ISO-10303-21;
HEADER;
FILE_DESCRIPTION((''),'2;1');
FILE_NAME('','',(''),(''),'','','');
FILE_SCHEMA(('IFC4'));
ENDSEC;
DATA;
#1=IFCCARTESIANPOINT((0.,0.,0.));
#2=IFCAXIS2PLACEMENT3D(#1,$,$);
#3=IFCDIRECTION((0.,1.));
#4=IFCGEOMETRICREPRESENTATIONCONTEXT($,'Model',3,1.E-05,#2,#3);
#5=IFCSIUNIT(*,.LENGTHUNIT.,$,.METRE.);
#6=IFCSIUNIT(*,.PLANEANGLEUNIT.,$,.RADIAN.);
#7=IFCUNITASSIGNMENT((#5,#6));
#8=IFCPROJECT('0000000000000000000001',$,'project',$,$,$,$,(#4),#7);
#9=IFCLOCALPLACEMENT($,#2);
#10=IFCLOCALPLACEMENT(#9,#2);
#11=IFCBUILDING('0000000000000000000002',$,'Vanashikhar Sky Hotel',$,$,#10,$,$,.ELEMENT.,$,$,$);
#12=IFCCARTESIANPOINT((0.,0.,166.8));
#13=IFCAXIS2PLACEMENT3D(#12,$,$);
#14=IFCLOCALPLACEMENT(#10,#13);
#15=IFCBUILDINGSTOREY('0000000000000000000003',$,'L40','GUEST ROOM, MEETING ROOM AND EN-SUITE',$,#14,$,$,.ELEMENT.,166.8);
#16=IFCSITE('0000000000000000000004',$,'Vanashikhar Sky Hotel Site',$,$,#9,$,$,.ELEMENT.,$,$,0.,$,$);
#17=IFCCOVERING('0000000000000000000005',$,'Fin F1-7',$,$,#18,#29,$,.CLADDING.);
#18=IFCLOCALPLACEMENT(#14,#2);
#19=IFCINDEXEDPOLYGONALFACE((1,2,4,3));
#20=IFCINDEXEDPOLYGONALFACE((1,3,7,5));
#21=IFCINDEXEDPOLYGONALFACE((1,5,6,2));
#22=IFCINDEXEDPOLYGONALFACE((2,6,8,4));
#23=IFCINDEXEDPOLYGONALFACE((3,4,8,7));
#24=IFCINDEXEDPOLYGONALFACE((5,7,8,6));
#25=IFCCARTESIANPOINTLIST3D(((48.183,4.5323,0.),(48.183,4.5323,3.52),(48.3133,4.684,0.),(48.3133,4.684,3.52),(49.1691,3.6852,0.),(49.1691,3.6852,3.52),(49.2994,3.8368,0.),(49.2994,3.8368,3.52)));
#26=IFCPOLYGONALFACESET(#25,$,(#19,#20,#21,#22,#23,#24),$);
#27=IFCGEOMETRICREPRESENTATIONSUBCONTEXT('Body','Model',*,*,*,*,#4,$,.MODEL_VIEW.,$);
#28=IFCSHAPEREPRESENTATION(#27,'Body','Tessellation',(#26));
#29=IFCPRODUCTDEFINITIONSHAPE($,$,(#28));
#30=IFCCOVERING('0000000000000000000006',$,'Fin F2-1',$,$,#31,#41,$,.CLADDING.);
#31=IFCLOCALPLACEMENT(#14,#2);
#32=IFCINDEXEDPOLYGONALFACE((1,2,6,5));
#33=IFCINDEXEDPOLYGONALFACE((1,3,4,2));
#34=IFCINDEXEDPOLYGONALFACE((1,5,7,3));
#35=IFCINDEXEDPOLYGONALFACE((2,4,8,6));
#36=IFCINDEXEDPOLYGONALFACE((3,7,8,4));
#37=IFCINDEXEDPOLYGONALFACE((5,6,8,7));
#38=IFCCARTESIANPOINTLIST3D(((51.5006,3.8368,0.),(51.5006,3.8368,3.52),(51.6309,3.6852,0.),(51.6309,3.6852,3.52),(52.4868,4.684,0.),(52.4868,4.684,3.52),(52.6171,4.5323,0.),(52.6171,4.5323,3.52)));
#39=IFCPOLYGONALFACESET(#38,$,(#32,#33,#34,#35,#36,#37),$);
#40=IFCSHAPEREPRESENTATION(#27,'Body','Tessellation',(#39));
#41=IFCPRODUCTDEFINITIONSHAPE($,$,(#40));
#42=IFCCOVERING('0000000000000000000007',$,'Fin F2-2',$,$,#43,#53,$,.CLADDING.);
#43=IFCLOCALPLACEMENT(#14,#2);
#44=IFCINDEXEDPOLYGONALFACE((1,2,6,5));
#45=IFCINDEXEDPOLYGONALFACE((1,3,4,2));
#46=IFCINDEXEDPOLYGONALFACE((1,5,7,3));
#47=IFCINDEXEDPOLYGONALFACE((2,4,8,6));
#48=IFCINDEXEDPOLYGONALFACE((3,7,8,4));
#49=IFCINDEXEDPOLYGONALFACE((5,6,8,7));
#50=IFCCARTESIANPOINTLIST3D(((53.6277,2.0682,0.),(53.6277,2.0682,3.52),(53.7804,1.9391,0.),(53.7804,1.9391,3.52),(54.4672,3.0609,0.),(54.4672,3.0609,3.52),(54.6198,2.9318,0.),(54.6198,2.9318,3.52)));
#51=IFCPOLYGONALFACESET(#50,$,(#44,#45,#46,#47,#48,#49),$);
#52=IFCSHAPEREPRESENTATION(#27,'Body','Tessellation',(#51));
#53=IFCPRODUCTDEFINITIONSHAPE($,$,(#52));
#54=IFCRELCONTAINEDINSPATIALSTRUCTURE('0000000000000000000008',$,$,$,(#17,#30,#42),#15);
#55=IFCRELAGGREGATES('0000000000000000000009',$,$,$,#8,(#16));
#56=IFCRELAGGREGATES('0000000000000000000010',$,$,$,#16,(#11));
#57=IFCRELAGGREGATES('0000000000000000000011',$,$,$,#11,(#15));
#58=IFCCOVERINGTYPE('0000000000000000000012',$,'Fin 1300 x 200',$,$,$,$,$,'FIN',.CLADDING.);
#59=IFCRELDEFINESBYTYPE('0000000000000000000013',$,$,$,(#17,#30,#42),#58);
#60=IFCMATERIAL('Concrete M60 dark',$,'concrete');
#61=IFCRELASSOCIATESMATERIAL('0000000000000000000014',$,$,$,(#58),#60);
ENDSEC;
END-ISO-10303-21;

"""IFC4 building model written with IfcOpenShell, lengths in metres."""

from ifc_helpers import new_model, si_unit, direction, frame, origin, origin_2d, place, context, subcontext, project, spatial, rectangle, extrude, source, transform, mapped, material, material_profile, profile_set, type_object, element, save


model = new_model("IFC4")

# Units and contexts
model_context = context("Model", 3, precision=1e-05, world=origin(), true_north=direction((0.0, 1.0)))
body_context = subcontext(model_context, "Body", "Model", "MODEL_VIEW")
ifc_project = project(units=[si_unit("LENGTHUNIT", "METRE"), si_unit("PLANEANGLEUNIT", "RADIAN")], contexts=[model_context])

# Site, building, storey
site_placement = place(None, origin())
site = spatial("IfcSite", under=ifc_project, at=site_placement, Name="Vanashikhar Sky Hotel Site", CompositionType="ELEMENT", RefElevation=0.0)
building_placement = place(site_placement, origin())
building = spatial("IfcBuilding", under=site, at=building_placement, Name="Vanashikhar Sky Hotel", CompositionType="ELEMENT")
storey_placement = place(building_placement, frame((0.0, 0.0, 166.8)))
storey = spatial("IfcBuildingStorey", under=building, at=storey_placement, Name="L40", Description="GUEST ROOM, MEETING ROOM AND EN-SUITE", CompositionType="ELEMENT", Elevation=166.8)

# Coverings
ifc_material_1 = material(Name="Concrete M60 dark", Category="concrete")
ifc_material_profile_1 = material_profile(ifc_material_1, rectangle(XDim=1.3, YDim=0.2, at=origin_2d()))
ifc_profile_set_1 = profile_set([ifc_material_profile_1], Name="Fin 1300 x 200")
covering_type = type_object("IfcCoveringType", Name="Fin 1300 x 200", ElementType="FIN", PredefinedType="CLADDING", material=ifc_profile_set_1)
shared_shape_1 = source(origin(), body_context, "Body", "SweptSolid", [
    extrude(rectangle(XDim=1.3, YDim=0.2, at=origin_2d()), origin(), (0.0, 0.0, 1.0), 3.52),
])
for number, where, z_axis, x_axis, name in (
    (1, (48.7412, 4.1846, 0.0), (0.0, 0.0, 1.0), (0.758544, -0.651622, 0.0), "Fin F1-7"),
    (2, (52.0588, 4.1846, 0.0), (0.0, 0.0, 1.0), (-0.758544, -0.651622, 0.0), "Fin F2-1"),
    (3, (54.1238, 2.5, 0.0), (0.0, 0.0, 1.0), (-0.645698, -0.763593, 0.0), "Fin F2-2"),
):
    element("IfcCovering", number, at=place(storey_placement, frame(where, z_axis=z_axis, x_axis=x_axis)), inside=storey, type_object=covering_type, Name=name, PredefinedType="CLADDING", context=body_context, shape_type="MappedRepresentation", body=[
        mapped(shared_shape_1, transform((0.0, 0.0, 0.0), scale=1.0)),
    ])

save(model, "model.ifc")
